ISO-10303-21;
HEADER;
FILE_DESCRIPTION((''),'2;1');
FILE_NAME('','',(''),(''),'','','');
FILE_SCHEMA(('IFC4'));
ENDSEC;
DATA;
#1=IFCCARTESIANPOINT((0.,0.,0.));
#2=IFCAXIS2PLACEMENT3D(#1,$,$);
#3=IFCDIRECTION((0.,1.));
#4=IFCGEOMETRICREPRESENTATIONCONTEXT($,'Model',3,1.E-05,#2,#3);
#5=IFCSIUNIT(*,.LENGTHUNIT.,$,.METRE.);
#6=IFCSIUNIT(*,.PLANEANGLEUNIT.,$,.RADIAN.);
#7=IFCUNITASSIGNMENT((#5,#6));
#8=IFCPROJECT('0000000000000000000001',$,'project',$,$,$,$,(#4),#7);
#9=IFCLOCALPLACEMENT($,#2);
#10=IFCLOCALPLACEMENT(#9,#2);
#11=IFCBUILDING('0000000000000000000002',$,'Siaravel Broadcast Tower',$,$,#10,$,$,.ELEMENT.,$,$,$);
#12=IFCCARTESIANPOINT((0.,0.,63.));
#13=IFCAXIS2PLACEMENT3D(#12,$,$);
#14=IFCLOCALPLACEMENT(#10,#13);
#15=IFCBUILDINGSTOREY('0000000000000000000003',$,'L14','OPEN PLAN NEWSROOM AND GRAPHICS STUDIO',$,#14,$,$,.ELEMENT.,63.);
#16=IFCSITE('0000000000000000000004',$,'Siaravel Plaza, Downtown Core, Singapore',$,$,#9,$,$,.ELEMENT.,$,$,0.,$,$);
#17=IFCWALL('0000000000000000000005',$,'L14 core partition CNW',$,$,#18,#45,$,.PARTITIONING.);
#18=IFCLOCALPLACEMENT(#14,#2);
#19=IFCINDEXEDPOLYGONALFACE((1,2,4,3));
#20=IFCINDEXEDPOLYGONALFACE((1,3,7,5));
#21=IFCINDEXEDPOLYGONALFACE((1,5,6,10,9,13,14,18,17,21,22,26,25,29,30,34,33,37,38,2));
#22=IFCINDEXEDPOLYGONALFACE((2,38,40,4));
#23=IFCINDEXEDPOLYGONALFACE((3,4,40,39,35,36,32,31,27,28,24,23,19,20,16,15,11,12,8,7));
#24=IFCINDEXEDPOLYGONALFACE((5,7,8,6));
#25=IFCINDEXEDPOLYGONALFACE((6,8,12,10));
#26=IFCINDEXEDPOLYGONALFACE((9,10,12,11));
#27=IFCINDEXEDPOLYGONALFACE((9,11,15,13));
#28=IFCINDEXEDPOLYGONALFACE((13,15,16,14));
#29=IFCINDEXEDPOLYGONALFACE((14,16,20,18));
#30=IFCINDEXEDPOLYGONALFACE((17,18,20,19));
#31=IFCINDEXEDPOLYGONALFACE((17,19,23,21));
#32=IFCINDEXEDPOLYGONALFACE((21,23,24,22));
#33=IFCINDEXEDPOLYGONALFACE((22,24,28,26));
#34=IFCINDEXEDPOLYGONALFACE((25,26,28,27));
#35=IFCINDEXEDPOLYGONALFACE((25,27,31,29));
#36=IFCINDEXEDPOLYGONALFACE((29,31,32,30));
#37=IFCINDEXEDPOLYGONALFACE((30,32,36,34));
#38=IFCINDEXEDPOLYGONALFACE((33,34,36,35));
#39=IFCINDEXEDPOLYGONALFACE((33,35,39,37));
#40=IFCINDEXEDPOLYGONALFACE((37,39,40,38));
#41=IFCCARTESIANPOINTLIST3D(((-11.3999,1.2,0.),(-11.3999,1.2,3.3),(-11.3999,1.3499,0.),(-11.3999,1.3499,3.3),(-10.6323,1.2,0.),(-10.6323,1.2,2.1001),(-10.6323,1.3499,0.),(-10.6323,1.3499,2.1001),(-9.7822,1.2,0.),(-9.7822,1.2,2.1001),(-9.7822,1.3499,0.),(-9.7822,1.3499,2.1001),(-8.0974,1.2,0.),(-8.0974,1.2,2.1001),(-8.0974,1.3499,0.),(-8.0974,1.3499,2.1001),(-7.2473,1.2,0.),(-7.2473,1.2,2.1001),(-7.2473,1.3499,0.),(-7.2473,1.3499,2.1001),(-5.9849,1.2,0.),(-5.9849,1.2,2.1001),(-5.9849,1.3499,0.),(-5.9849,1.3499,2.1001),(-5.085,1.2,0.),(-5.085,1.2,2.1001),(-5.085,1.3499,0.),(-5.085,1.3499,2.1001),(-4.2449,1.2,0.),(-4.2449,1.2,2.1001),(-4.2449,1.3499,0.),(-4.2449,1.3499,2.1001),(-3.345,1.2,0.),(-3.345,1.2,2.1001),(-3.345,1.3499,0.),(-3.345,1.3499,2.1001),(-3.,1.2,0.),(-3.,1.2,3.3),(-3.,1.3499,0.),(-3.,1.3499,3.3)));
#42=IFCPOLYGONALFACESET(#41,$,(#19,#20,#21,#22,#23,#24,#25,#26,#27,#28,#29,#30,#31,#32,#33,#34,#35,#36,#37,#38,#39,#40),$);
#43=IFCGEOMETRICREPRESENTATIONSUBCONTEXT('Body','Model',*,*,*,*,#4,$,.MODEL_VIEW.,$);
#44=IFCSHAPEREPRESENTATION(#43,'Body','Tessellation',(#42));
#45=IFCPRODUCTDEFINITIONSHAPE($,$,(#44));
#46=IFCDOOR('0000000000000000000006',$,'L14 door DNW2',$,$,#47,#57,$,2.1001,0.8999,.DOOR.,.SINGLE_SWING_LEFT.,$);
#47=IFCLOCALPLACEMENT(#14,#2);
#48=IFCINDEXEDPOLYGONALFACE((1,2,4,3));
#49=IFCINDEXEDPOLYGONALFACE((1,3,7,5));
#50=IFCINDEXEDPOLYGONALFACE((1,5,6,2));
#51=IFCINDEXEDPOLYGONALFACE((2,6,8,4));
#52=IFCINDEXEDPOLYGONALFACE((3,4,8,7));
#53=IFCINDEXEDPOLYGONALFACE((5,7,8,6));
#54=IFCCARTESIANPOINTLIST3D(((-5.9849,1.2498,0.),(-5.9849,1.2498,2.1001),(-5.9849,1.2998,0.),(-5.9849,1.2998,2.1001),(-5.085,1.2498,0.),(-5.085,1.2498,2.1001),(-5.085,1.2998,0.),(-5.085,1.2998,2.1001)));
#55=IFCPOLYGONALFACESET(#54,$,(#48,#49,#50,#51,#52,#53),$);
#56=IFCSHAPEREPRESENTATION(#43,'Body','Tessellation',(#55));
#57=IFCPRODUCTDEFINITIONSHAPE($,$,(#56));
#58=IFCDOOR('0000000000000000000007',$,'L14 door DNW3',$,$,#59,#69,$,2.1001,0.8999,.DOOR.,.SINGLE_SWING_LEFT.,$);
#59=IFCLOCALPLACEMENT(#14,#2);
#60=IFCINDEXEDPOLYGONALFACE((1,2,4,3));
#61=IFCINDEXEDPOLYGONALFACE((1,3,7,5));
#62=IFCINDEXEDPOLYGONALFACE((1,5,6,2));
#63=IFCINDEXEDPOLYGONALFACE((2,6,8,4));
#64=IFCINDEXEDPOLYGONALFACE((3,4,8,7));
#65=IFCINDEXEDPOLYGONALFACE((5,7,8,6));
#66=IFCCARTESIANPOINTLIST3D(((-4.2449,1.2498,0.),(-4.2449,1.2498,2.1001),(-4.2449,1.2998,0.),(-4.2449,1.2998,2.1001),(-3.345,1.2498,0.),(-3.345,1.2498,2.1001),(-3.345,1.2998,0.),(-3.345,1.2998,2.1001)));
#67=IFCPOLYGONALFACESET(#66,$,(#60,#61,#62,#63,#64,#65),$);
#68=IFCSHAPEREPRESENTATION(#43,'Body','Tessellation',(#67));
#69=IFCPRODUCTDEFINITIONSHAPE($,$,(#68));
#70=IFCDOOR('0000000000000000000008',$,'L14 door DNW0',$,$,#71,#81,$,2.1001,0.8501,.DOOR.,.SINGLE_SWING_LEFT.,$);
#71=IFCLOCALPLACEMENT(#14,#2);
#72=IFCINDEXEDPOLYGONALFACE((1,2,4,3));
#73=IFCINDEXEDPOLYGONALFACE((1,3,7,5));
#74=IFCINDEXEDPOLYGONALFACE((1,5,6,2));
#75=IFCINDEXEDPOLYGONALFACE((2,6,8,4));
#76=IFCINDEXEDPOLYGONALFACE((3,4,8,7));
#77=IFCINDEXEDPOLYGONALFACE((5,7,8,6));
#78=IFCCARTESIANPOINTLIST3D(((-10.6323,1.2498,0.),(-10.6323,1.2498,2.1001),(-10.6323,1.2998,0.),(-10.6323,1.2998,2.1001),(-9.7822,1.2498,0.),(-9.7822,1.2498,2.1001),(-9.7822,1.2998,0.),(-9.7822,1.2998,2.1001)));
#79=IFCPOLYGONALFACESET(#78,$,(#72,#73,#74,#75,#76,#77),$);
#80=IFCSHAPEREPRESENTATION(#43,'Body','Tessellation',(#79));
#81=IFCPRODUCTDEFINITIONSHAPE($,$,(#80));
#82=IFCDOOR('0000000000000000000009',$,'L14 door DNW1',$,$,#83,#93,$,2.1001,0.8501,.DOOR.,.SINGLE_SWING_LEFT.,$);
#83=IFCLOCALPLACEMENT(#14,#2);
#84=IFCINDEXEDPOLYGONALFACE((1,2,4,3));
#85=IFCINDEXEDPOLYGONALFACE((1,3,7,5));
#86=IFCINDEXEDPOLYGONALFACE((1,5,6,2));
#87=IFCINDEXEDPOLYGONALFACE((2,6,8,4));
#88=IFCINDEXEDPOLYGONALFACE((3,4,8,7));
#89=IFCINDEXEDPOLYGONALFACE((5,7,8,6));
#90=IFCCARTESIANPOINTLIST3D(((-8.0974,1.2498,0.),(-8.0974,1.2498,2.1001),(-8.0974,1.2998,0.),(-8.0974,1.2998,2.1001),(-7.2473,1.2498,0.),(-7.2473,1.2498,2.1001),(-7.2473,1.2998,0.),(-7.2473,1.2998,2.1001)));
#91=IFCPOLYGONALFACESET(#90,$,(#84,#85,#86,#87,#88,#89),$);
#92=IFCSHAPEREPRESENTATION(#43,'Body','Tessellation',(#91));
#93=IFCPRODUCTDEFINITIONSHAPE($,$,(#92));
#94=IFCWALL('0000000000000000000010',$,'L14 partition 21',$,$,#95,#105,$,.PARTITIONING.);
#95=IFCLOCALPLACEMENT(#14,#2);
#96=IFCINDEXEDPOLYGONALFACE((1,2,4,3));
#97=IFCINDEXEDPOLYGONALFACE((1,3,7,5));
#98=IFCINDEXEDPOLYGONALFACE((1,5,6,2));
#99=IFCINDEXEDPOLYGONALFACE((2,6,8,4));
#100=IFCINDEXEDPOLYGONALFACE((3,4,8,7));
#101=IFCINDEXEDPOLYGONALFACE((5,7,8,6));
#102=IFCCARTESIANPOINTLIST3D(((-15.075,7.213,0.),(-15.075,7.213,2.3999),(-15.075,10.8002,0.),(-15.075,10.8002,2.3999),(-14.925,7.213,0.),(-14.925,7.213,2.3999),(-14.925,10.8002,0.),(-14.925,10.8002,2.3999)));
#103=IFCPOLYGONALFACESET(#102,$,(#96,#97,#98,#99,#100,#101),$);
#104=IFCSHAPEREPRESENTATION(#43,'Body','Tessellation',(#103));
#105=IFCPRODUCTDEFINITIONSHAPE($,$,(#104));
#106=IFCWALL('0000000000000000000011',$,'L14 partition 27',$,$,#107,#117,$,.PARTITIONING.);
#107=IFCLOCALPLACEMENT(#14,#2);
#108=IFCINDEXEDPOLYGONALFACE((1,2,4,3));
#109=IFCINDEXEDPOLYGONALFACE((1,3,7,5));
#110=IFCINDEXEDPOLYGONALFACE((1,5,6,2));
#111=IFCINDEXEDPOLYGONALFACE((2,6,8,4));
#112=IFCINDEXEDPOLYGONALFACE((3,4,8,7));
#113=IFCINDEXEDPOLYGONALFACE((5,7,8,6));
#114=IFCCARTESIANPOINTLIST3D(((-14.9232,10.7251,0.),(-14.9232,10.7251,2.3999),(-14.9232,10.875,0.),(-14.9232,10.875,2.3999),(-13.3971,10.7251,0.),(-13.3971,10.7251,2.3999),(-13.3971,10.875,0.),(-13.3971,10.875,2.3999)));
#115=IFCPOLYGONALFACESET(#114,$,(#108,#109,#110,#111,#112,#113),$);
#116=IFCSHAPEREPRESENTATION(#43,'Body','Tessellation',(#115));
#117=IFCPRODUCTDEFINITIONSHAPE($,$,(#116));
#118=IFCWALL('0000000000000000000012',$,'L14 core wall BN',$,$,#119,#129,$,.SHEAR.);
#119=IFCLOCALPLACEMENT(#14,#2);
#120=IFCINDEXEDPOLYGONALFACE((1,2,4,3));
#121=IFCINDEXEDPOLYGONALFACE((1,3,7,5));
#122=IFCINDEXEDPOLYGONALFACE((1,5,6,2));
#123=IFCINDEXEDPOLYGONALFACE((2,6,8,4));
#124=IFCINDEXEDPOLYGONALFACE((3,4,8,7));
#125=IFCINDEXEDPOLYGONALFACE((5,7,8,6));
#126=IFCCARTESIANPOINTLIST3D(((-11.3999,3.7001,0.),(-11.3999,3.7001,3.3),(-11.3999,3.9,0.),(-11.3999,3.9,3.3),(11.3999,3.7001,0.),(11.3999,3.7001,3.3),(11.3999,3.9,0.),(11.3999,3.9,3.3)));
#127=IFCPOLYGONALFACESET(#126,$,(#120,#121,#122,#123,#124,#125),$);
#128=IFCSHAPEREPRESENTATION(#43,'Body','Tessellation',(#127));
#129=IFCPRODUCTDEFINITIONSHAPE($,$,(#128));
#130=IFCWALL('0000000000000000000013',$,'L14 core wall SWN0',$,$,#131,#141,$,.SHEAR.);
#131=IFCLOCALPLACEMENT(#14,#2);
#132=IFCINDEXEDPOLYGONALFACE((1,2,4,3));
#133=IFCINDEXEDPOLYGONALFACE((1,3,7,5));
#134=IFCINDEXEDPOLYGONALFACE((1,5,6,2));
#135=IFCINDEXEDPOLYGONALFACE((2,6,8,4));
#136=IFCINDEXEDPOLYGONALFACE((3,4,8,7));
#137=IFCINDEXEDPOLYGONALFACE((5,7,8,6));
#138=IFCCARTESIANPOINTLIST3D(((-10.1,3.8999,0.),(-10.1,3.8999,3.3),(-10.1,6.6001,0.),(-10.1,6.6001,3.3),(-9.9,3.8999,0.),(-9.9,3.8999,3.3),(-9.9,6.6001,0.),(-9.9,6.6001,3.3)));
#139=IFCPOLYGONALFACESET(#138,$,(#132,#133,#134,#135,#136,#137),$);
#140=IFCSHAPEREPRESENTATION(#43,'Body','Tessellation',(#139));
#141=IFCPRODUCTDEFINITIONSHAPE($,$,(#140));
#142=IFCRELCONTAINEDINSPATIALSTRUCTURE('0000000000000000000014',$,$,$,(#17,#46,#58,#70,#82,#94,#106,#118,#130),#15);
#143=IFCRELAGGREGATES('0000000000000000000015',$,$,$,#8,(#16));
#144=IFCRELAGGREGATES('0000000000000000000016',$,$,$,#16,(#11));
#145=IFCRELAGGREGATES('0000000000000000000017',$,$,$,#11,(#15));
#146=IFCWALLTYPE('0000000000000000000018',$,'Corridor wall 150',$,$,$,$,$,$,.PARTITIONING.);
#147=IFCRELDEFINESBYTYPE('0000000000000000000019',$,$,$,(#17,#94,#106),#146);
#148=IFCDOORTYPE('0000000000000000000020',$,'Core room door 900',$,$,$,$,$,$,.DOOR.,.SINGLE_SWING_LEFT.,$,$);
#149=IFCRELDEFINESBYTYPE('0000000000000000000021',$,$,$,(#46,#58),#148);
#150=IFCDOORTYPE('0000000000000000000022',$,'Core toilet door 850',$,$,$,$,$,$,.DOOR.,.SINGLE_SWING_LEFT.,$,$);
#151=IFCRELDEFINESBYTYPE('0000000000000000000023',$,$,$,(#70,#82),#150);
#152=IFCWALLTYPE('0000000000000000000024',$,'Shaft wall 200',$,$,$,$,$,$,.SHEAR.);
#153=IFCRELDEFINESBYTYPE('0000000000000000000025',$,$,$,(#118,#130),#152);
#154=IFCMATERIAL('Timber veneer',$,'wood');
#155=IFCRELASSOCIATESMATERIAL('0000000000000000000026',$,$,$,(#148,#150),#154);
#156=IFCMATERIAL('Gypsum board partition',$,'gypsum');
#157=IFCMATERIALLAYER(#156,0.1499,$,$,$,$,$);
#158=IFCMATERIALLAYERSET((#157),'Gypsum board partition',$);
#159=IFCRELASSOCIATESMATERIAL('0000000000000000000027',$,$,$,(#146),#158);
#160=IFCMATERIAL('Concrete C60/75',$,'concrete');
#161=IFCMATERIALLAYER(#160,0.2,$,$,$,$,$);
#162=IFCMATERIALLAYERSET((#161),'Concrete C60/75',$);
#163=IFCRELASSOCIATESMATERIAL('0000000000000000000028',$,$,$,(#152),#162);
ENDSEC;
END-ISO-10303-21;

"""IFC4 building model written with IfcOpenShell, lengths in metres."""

from ifc_helpers import new_model, si_unit, direction, frame, frame_2d, origin, place, context, subcontext, project, spatial, rectangle, extrude, material, layer, layer_set, type_object, element, fill, save


model = new_model("IFC4")

# Units and contexts
model_context = context("Model", 3, precision=1e-05, world=origin(), true_north=direction((0.0, 1.0)))
body_context = subcontext(model_context, "Body", "Model", "MODEL_VIEW")
ifc_project = project(units=[si_unit("LENGTHUNIT", "METRE"), si_unit("PLANEANGLEUNIT", "RADIAN")], contexts=[model_context])

# Site, building, storey
site_placement = place(None, origin())
site = spatial("IfcSite", under=ifc_project, at=site_placement, Name="Siaravel Plaza, Downtown Core, Singapore", CompositionType="ELEMENT", RefElevation=0.0)
building_placement = place(site_placement, origin())
building = spatial("IfcBuilding", under=site, at=building_placement, Name="Siaravel Broadcast Tower", CompositionType="ELEMENT")
storey_placement = place(building_placement, frame((0.0, 0.0, 63.0)))
storey = spatial("IfcBuildingStorey", under=building, at=storey_placement, Name="L14", Description="OPEN PLAN NEWSROOM AND GRAPHICS STUDIO", CompositionType="ELEMENT", Elevation=63.0)

# Wall, openings, doors
ifc_material_1 = material(Name="Concrete C60/75", Category="concrete")
ifc_material_2 = material(Name="Timber veneer", Category="wood")
door_type_1 = type_object("IfcDoorType", Name="Core room door 900", OperationType="SINGLE_SWING_LEFT", PredefinedType="DOOR", material=ifc_material_2)
ifc_material_3 = material(Name="Gypsum board partition", Category="gypsum")
ifc_layer_1 = layer(ifc_material_3, 0.1499)
ifc_layer_set_1 = layer_set([ifc_layer_1], Name="Gypsum board partition")
wall_type_1 = type_object("IfcWallType", Name="Corridor wall 150", PredefinedType="PARTITIONING", material=ifc_layer_set_1)
wall_1_placement = place(storey_placement, frame((-11.3999, 1.2749, 0.0), z_axis=(0.0, 0.0, 1.0), x_axis=(1.0, 0.0, 0.0)))
wall_1 = element("IfcWall", 1, at=wall_1_placement, inside=storey, type_object=wall_type_1, Name="L14 core partition CNW", PredefinedType="PARTITIONING", context=body_context, shape_type="SweptSolid", body=[
    extrude(rectangle(XDim=8.3999, YDim=0.1499, at=frame_2d((4.2, 0.0))), origin(), (0.0, 0.0, 1.0), 3.3),
])
opening_1_placement = place(wall_1_placement, frame((0.7676, 0.0, 0.0)))
opening_1 = element("IfcOpeningElement", 2, at=opening_1_placement, cuts=wall_1, PredefinedType="OPENING", context=body_context, shape_type="SweptSolid", body=[
    extrude(rectangle(XDim=0.8501, YDim=2.1001, at=frame_2d((0.425, 1.05))), frame((0.0, 0.085, 0.0), z_axis=(0.0, -1.0, 0.0), x_axis=(1.0, 0.0, 0.0)), (0.0, 0.0, 1.0), 0.1699),
])
opening_2_placement = place(wall_1_placement, frame((3.3025, 0.0, 0.0)))
opening_2 = element("IfcOpeningElement", 3, at=opening_2_placement, cuts=wall_1, PredefinedType="OPENING", context=body_context, shape_type="SweptSolid", body=[
    extrude(rectangle(XDim=0.8501, YDim=2.1001, at=frame_2d((0.425, 1.05))), frame((0.0, 0.085, 0.0), z_axis=(0.0, -1.0, 0.0), x_axis=(1.0, 0.0, 0.0)), (0.0, 0.0, 1.0), 0.1699),
])
opening_3_placement = place(wall_1_placement, frame((5.415, 0.0, 0.0)))
opening_3 = element("IfcOpeningElement", 4, at=opening_3_placement, cuts=wall_1, PredefinedType="OPENING", context=body_context, shape_type="SweptSolid", body=[
    extrude(rectangle(XDim=0.8999, YDim=2.1001, at=frame_2d((0.45, 1.05))), frame((0.0, 0.085, 0.0), z_axis=(0.0, -1.0, 0.0), x_axis=(1.0, 0.0, 0.0)), (0.0, 0.0, 1.0), 0.1699),
])
opening_4_placement = place(wall_1_placement, frame((7.155, 0.0, 0.0)))
opening_4 = element("IfcOpeningElement", 5, at=opening_4_placement, cuts=wall_1, PredefinedType="OPENING", context=body_context, shape_type="SweptSolid", body=[
    extrude(rectangle(XDim=0.8999, YDim=2.1001, at=frame_2d((0.45, 1.05))), frame((0.0, 0.085, 0.0), z_axis=(0.0, -1.0, 0.0), x_axis=(1.0, 0.0, 0.0)), (0.0, 0.0, 1.0), 0.1699),
])
door_1_placement = place(opening_3_placement, origin())
door_1 = element("IfcDoor", 6, at=door_1_placement, inside=storey, type_object=door_type_1, Name="L14 door DNW2", OperationType="SINGLE_SWING_LEFT", OverallHeight=2.1001, OverallWidth=0.8999, PredefinedType="DOOR", context=body_context, shape_type="SweptSolid", body=[
    extrude(rectangle(XDim=0.8999, YDim=2.1001, at=frame_2d((0.45, 1.05))), frame((0.0, 0.0249, 0.0), z_axis=(0.0, -1.0, 0.0), x_axis=(1.0, 0.0, 0.0)), (0.0, 0.0, 1.0), 0.05),
])
fill(opening_3, door_1)
door_2_placement = place(opening_4_placement, origin())
door_2 = element("IfcDoor", 7, at=door_2_placement, inside=storey, type_object=door_type_1, Name="L14 door DNW3", OperationType="SINGLE_SWING_LEFT", OverallHeight=2.1001, OverallWidth=0.8999, PredefinedType="DOOR", context=body_context, shape_type="SweptSolid", body=[
    extrude(rectangle(XDim=0.8999, YDim=2.1001, at=frame_2d((0.45, 1.05))), frame((0.0, 0.0249, 0.0), z_axis=(0.0, -1.0, 0.0), x_axis=(1.0, 0.0, 0.0)), (0.0, 0.0, 1.0), 0.05),
])
fill(opening_4, door_2)
door_type_2 = type_object("IfcDoorType", Name="Core toilet door 850", OperationType="SINGLE_SWING_LEFT", PredefinedType="DOOR", material=ifc_material_2)
door_3_placement = place(opening_1_placement, origin())
door_3 = element("IfcDoor", 8, at=door_3_placement, inside=storey, type_object=door_type_2, Name="L14 door DNW0", OperationType="SINGLE_SWING_LEFT", OverallHeight=2.1001, OverallWidth=0.8501, PredefinedType="DOOR", context=body_context, shape_type="SweptSolid", body=[
    extrude(rectangle(XDim=0.8501, YDim=2.1001, at=frame_2d((0.425, 1.05))), frame((0.0, 0.0249, 0.0), z_axis=(0.0, -1.0, 0.0), x_axis=(1.0, 0.0, 0.0)), (0.0, 0.0, 1.0), 0.05),
])
fill(opening_1, door_3)
door_4_placement = place(opening_2_placement, origin())
door_4 = element("IfcDoor", 9, at=door_4_placement, inside=storey, type_object=door_type_2, Name="L14 door DNW1", OperationType="SINGLE_SWING_LEFT", OverallHeight=2.1001, OverallWidth=0.8501, PredefinedType="DOOR", context=body_context, shape_type="SweptSolid", body=[
    extrude(rectangle(XDim=0.8501, YDim=2.1001, at=frame_2d((0.425, 1.05))), frame((0.0, 0.0249, 0.0), z_axis=(0.0, -1.0, 0.0), x_axis=(1.0, 0.0, 0.0)), (0.0, 0.0, 1.0), 0.05),
])
fill(opening_2, door_4)

# Walls
wall_2_placement = place(storey_placement, frame((-15.0, 10.8, 0.0), z_axis=(0.0, 0.0, 1.0), x_axis=(0.0, -1.0, 0.0)))
element("IfcWall", 10, at=wall_2_placement, inside=storey, type_object=wall_type_1, Name="L14 partition 21", PredefinedType="PARTITIONING", context=body_context, shape_type="SweptSolid", body=[
    extrude(rectangle(XDim=3.5872, YDim=0.1499, at=frame_2d((1.7935, 0.0))), origin(), (0.0, 0.0, 1.0), 2.3999),
])
wall_3_placement = place(storey_placement, frame((-13.397, 10.8, 0.0), z_axis=(0.0, 0.0, 1.0), x_axis=(-1.0, 0.0, 0.0)))
element("IfcWall", 11, at=wall_3_placement, inside=storey, type_object=wall_type_1, Name="L14 partition 27", PredefinedType="PARTITIONING", context=body_context, shape_type="SweptSolid", body=[
    extrude(rectangle(XDim=1.5261, YDim=0.1499, at=frame_2d((0.7632, 0.0))), origin(), (0.0, 0.0, 1.0), 2.3999),
])
ifc_layer_2 = layer(ifc_material_1, 0.2)
ifc_layer_set_2 = layer_set([ifc_layer_2], Name="Concrete C60/75")
wall_type_2 = type_object("IfcWallType", Name="Shaft wall 200", PredefinedType="SHEAR", material=ifc_layer_set_2)
wall_4_placement = place(storey_placement, frame((-11.3999, 3.8, 0.0), z_axis=(0.0, 0.0, 1.0), x_axis=(1.0, 0.0, 0.0)))
element("IfcWall", 12, at=wall_4_placement, inside=storey, type_object=wall_type_2, Name="L14 core wall BN", PredefinedType="SHEAR", context=body_context, shape_type="SweptSolid", body=[
    extrude(rectangle(XDim=22.7998, YDim=0.2, at=frame_2d((11.3999, 0.0))), origin(), (0.0, 0.0, 1.0), 3.3),
])
wall_5_placement = place(storey_placement, frame((-10.0, 3.8999, 0.0), z_axis=(0.0, 0.0, 1.0), x_axis=(0.0, 1.0, 0.0)))
element("IfcWall", 13, at=wall_5_placement, inside=storey, type_object=wall_type_2, Name="L14 core wall SWN0", PredefinedType="SHEAR", context=body_context, shape_type="SweptSolid", body=[
    extrude(rectangle(XDim=2.7002, YDim=0.2, at=frame_2d((1.3501, 0.0))), origin(), (0.0, 0.0, 1.0), 3.3),
])

save(model, "model.ifc")
